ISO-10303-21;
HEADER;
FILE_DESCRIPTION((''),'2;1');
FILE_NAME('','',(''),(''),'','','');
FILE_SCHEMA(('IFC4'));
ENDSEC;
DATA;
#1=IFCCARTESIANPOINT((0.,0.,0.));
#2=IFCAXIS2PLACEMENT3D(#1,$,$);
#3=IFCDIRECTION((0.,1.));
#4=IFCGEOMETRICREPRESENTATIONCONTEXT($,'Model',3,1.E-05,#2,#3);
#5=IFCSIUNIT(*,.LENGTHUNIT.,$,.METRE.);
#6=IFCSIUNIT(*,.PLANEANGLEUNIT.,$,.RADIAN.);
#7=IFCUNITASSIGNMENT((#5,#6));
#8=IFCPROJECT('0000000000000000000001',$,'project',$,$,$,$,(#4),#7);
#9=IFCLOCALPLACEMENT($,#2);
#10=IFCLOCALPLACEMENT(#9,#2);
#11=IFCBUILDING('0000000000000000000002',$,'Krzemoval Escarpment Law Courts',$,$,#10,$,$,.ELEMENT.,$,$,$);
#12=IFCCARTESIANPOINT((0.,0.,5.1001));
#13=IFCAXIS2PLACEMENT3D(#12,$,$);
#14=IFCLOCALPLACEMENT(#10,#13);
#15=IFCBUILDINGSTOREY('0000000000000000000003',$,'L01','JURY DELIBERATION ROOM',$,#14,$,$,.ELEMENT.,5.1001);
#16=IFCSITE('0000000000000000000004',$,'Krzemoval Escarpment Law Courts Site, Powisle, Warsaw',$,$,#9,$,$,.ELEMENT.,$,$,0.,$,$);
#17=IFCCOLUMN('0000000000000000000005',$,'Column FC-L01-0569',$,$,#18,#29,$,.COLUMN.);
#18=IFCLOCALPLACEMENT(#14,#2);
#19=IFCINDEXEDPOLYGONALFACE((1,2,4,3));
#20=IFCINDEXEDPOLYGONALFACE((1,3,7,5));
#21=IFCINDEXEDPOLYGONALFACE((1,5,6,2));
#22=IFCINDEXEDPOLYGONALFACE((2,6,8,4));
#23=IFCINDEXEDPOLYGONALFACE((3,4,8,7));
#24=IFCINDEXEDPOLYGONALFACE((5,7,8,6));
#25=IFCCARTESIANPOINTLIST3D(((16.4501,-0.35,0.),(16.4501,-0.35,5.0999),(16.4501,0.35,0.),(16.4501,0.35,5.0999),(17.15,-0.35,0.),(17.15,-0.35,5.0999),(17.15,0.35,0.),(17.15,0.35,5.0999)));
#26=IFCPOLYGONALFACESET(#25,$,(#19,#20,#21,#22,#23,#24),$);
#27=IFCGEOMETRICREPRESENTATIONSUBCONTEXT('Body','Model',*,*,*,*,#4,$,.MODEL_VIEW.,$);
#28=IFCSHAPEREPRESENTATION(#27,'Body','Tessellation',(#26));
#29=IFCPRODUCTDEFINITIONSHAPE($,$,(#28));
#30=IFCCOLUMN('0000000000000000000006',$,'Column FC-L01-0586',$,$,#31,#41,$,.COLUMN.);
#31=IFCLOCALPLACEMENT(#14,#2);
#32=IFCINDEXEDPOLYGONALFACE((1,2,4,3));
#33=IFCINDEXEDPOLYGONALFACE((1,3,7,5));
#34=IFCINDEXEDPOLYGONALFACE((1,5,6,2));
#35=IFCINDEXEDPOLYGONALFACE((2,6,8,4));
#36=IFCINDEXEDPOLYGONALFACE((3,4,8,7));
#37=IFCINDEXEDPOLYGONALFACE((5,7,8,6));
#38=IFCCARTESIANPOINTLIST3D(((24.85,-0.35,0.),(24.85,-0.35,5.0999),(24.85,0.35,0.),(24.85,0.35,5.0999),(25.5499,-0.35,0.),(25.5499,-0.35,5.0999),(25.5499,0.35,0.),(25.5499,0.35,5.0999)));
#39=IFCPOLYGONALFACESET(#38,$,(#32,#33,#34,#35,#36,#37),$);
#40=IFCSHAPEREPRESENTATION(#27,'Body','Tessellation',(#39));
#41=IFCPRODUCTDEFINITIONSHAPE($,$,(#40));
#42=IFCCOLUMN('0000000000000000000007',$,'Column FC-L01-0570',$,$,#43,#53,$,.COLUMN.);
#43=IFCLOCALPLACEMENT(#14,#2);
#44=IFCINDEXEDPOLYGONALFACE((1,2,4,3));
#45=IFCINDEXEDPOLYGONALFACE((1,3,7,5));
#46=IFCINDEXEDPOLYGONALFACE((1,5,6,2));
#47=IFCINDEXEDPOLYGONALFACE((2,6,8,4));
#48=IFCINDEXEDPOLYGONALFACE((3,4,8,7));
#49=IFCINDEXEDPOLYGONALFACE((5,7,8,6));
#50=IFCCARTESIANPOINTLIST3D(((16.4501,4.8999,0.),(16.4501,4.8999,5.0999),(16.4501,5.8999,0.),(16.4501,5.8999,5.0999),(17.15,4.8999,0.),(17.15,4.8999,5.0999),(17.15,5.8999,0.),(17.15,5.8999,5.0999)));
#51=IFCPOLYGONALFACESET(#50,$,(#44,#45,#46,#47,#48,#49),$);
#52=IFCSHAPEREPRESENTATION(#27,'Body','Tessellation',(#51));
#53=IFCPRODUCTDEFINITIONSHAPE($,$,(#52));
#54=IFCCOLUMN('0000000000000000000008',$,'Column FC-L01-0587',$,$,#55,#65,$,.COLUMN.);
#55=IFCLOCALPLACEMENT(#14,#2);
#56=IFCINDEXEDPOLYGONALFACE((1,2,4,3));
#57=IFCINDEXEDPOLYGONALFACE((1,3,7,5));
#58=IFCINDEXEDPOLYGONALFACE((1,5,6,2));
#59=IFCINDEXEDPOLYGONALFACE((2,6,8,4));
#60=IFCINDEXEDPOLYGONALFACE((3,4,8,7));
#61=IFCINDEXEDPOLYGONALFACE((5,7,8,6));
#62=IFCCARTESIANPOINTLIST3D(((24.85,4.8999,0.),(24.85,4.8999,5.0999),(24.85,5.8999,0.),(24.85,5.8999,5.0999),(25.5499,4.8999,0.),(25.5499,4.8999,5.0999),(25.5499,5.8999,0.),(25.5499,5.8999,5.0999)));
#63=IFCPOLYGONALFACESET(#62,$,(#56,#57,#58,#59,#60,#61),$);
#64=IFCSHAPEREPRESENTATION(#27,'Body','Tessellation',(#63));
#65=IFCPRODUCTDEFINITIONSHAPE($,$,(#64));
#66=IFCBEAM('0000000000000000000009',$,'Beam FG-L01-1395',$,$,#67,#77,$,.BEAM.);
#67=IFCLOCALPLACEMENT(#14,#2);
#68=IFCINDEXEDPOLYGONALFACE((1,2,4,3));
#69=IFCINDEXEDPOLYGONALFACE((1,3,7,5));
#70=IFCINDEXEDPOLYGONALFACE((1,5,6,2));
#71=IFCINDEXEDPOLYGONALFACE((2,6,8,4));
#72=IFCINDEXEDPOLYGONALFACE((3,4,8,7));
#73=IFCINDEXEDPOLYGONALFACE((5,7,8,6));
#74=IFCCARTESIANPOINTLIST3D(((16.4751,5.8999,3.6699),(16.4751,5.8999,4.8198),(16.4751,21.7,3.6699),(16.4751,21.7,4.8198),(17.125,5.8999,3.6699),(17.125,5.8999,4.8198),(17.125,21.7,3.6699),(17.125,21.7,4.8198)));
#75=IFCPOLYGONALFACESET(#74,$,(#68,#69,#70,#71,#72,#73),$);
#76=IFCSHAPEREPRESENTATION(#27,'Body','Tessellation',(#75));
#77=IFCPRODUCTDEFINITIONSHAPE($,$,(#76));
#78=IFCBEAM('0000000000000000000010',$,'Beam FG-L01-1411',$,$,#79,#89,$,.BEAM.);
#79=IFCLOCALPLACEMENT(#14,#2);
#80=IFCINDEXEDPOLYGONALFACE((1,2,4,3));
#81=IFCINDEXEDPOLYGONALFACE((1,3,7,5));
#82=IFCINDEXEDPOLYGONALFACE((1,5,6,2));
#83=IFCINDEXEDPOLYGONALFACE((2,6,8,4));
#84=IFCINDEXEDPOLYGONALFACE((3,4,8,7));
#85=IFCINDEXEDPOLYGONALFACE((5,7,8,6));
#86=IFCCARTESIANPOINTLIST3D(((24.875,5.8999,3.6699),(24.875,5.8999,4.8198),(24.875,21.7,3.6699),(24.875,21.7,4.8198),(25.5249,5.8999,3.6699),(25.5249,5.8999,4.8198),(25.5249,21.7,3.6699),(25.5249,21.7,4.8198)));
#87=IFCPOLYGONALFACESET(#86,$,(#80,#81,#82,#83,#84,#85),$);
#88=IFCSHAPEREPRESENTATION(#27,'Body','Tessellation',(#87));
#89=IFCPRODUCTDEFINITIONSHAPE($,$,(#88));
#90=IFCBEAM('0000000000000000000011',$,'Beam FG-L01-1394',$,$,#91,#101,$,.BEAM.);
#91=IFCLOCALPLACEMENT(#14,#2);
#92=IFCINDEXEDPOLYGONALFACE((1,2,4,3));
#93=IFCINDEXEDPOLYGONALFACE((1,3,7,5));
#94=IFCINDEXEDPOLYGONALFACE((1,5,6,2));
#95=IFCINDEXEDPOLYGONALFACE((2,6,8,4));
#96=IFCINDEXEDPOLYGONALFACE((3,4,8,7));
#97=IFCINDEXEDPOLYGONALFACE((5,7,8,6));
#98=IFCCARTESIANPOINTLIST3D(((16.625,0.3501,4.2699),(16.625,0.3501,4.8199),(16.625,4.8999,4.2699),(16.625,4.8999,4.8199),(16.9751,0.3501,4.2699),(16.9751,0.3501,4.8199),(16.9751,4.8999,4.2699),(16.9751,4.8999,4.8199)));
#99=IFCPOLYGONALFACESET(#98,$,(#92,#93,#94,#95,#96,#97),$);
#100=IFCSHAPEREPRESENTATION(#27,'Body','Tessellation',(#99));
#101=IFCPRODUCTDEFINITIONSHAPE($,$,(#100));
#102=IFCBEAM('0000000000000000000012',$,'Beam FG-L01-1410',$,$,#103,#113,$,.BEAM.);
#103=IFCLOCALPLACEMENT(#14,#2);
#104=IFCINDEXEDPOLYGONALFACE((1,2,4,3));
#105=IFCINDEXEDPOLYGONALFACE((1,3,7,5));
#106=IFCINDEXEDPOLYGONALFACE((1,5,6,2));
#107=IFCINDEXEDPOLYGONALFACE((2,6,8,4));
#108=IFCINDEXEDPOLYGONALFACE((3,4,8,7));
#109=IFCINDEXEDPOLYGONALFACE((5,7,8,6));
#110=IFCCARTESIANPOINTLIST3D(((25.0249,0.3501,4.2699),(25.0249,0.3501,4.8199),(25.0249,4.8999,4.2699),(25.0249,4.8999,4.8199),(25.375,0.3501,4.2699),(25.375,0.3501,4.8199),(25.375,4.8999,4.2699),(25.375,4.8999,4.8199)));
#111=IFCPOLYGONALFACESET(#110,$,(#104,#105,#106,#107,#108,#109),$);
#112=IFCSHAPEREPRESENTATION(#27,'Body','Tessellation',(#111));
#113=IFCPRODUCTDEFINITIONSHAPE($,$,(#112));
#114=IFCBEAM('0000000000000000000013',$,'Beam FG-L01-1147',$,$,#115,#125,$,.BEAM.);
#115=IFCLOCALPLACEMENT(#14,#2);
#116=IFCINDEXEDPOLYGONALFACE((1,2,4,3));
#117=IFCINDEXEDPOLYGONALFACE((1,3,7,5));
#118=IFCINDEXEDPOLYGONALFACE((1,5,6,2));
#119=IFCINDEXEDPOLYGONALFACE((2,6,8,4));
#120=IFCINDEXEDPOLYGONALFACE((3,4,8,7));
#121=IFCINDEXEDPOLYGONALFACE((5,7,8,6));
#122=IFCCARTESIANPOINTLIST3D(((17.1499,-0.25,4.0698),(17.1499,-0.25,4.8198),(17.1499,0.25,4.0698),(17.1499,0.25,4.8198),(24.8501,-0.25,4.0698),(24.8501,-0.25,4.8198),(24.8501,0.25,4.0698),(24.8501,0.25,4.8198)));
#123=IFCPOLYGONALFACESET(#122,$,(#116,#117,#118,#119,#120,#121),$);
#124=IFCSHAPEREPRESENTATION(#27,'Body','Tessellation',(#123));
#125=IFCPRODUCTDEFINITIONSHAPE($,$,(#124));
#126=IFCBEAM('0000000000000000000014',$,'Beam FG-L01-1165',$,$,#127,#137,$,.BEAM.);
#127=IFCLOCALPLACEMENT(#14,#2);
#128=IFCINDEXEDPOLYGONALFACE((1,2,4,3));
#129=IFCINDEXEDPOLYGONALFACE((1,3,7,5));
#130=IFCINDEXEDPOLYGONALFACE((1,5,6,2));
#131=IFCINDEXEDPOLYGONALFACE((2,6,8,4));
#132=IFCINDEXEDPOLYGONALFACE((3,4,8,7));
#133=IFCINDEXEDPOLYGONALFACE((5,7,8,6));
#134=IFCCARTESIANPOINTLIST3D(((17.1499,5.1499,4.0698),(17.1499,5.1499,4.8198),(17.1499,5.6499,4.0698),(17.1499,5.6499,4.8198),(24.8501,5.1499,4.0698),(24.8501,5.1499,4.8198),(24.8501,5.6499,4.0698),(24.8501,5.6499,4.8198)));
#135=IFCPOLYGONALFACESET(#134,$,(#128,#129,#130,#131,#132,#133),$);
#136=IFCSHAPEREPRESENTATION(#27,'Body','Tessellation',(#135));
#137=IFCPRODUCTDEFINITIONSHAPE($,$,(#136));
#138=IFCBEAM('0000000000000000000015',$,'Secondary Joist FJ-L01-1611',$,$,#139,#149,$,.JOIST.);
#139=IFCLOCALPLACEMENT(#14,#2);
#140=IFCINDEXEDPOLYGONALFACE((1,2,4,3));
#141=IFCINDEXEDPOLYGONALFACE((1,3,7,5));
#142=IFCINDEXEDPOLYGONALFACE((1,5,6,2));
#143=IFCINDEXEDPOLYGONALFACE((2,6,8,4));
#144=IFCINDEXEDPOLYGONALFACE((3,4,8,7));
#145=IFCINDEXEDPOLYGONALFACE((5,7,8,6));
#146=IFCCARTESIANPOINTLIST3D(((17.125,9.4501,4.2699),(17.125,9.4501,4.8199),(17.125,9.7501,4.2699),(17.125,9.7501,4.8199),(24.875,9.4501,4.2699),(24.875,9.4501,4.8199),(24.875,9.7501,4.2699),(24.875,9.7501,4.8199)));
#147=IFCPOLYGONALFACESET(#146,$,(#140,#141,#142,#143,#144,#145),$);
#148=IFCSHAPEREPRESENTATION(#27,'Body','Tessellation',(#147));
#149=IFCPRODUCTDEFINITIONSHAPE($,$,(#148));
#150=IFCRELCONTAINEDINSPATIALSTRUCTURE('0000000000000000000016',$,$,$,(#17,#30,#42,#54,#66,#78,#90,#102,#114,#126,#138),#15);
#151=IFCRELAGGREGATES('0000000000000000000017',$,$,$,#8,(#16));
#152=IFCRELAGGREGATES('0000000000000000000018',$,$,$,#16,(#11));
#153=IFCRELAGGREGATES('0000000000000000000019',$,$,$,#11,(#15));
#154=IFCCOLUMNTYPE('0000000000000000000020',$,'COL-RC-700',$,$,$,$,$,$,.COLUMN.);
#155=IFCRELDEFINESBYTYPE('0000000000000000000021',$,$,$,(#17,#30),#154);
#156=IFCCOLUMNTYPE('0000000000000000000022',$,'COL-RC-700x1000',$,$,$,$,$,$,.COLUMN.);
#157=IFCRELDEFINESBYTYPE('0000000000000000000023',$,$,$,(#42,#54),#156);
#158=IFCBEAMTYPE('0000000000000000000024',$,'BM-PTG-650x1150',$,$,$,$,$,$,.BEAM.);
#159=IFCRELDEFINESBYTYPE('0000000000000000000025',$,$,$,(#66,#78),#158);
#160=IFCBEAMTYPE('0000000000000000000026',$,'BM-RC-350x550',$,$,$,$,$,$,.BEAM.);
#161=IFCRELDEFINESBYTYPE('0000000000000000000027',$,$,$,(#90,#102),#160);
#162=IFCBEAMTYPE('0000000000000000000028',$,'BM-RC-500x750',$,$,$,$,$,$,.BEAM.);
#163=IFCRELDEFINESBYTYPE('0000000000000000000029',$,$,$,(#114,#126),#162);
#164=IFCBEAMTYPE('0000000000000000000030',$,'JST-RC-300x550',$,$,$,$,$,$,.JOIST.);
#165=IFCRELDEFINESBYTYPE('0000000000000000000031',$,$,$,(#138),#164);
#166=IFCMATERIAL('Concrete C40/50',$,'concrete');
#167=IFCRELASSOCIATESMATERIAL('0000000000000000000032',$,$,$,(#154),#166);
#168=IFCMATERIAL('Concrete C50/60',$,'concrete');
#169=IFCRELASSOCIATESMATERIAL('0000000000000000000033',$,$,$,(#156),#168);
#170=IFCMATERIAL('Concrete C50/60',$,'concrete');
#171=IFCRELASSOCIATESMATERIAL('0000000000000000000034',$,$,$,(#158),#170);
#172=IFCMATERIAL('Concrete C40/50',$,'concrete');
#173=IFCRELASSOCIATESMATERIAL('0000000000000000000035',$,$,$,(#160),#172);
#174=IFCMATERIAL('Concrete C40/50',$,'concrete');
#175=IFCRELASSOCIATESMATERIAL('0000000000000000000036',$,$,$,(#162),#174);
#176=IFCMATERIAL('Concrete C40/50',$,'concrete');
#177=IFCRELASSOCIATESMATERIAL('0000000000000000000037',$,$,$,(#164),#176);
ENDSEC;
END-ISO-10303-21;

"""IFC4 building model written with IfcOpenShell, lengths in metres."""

from ifc_helpers import new_model, si_unit, direction, frame, origin, origin_2d, place, context, subcontext, project, spatial, rectangle, extrude, material, material_profile, profile_set, type_object, element, save


model = new_model("IFC4")

# Units and contexts
model_context = context("Model", 3, precision=1e-05, world=origin(), true_north=direction((0.0, 1.0)))
body_context = subcontext(model_context, "Body", "Model", "MODEL_VIEW")
ifc_project = project(units=[si_unit("LENGTHUNIT", "METRE"), si_unit("PLANEANGLEUNIT", "RADIAN")], contexts=[model_context])

# Site, building, storey
site_placement = place(None, origin())
site = spatial("IfcSite", under=ifc_project, at=site_placement, Name="Krzemoval Escarpment Law Courts Site, Powisle, Warsaw", CompositionType="ELEMENT", RefElevation=0.0)
building_placement = place(site_placement, origin())
building = spatial("IfcBuilding", under=site, at=building_placement, Name="Krzemoval Escarpment Law Courts", CompositionType="ELEMENT")
storey_placement = place(building_placement, frame((0.0, 0.0, 5.1001)))
storey = spatial("IfcBuildingStorey", under=building, at=storey_placement, Name="L01", Description="JURY DELIBERATION ROOM", CompositionType="ELEMENT", Elevation=5.1001)

# Columns
ifc_material_1 = material(Name="Concrete C40/50", Category="concrete")
ifc_material_profile_1 = material_profile(ifc_material_1, rectangle(XDim=0.7, YDim=0.7, at=origin_2d()), Name="RC 700x700")
ifc_profile_set_1 = profile_set([ifc_material_profile_1], Name="Concrete C40/50")
column_type_1 = type_object("IfcColumnType", Name="COL-RC-700", PredefinedType="COLUMN", material=ifc_profile_set_1)
for number, where, z_axis, x_axis, name in (
    (1, (16.8, 0.0, 0.0), (0.0, 0.0, 1.0), (1.0, 0.0, 0.0), "Column FC-L01-0569"),
    (2, (25.2, 0.0, 0.0), (0.0, 0.0, 1.0), (1.0, 0.0, 0.0), "Column FC-L01-0586"),
):
    element("IfcColumn", number, at=place(storey_placement, frame(where, z_axis=z_axis, x_axis=x_axis)), inside=storey, type_object=column_type_1, Name=name, PredefinedType="COLUMN", context=body_context, shape_type="SweptSolid", body=[
        extrude(rectangle(XDim=0.7, YDim=0.7, at=origin_2d()), origin(), (0.0, 0.0, 1.0), 5.0999),
    ])
ifc_material_2 = material(Name="Concrete C50/60", Category="concrete")
ifc_material_profile_2 = material_profile(ifc_material_2, rectangle(XDim=0.7, YDim=1.0, at=origin_2d()), Name="RC 700x1000")
ifc_profile_set_2 = profile_set([ifc_material_profile_2], Name="Concrete C50/60")
column_type_2 = type_object("IfcColumnType", Name="COL-RC-700x1000", PredefinedType="COLUMN", material=ifc_profile_set_2)
for number, where, z_axis, x_axis, name in (
    (3, (16.8, 5.3999, 0.0), (0.0, 0.0, 1.0), (1.0, 0.0, 0.0), "Column FC-L01-0570"),
    (4, (25.2, 5.3999, 0.0), (0.0, 0.0, 1.0), (1.0, 0.0, 0.0), "Column FC-L01-0587"),
):
    element("IfcColumn", number, at=place(storey_placement, frame(where, z_axis=z_axis, x_axis=x_axis)), inside=storey, type_object=column_type_2, Name=name, PredefinedType="COLUMN", context=body_context, shape_type="SweptSolid", body=[
        extrude(rectangle(XDim=0.7, YDim=1.0, at=origin_2d()), origin(), (0.0, 0.0, 1.0), 5.0999),
    ])

# Beams
ifc_material_3 = material(Name="Concrete C50/60", Category="concrete")
ifc_material_profile_3 = material_profile(ifc_material_3, rectangle(XDim=0.6499, YDim=1.1499, at=origin_2d()), Name="PTG 650x1150")
ifc_profile_set_3 = profile_set([ifc_material_profile_3], Name="Concrete C50/60")
beam_type_1 = type_object("IfcBeamType", Name="BM-PTG-650x1150", PredefinedType="BEAM", material=ifc_profile_set_3)
for number, where, z_axis, x_axis, name in (
    (5, (16.8, 5.8999, 4.2449), (0.0, 1.0, 0.0), (-1.0, 0.0, 0.0), "Beam FG-L01-1395"),
    (6, (25.2, 5.8999, 4.2449), (0.0, 1.0, 0.0), (-1.0, 0.0, 0.0), "Beam FG-L01-1411"),
):
    element("IfcBeam", number, at=place(storey_placement, frame(where, z_axis=z_axis, x_axis=x_axis)), inside=storey, type_object=beam_type_1, Name=name, PredefinedType="BEAM", context=body_context, shape_type="SweptSolid", body=[
        extrude(rectangle(XDim=0.6499, YDim=1.1499, at=origin_2d()), origin(), (0.0, 0.0, 1.0), 15.8),
    ])
ifc_material_4 = material(Name="Concrete C40/50", Category="concrete")
ifc_material_profile_4 = material_profile(ifc_material_4, rectangle(XDim=0.3501, YDim=0.55, at=origin_2d()), Name="RCB 350x550")
ifc_profile_set_4 = profile_set([ifc_material_profile_4], Name="Concrete C40/50")
beam_type_2 = type_object("IfcBeamType", Name="BM-RC-350x550", PredefinedType="BEAM", material=ifc_profile_set_4)
for number, where, z_axis, x_axis, name in (
    (7, (16.8, 0.3501, 4.5449), (0.0, 1.0, 0.0), (-1.0, 0.0, 0.0), "Beam FG-L01-1394"),
    (8, (25.2, 0.3501, 4.5449), (0.0, 1.0, 0.0), (-1.0, 0.0, 0.0), "Beam FG-L01-1410"),
):
    element("IfcBeam", number, at=place(storey_placement, frame(where, z_axis=z_axis, x_axis=x_axis)), inside=storey, type_object=beam_type_2, Name=name, PredefinedType="BEAM", context=body_context, shape_type="SweptSolid", body=[
        extrude(rectangle(XDim=0.3501, YDim=0.55, at=origin_2d()), origin(), (0.0, 0.0, 1.0), 4.5498),
    ])
ifc_material_5 = material(Name="Concrete C40/50", Category="concrete")
ifc_material_profile_5 = material_profile(ifc_material_5, rectangle(XDim=0.5, YDim=0.75, at=origin_2d()), Name="RCB 500x750")
ifc_profile_set_5 = profile_set([ifc_material_profile_5], Name="Concrete C40/50")
beam_type_3 = type_object("IfcBeamType", Name="BM-RC-500x750", PredefinedType="BEAM", material=ifc_profile_set_5)
for number, where, z_axis, x_axis, name in (
    (9, (17.1499, 0.0, 4.4448), (1.0, 0.0, 0.0), (0.0, 1.0, 0.0), "Beam FG-L01-1147"),
    (10, (17.1499, 5.3999, 4.4448), (1.0, 0.0, 0.0), (0.0, 1.0, 0.0), "Beam FG-L01-1165"),
):
    element("IfcBeam", number, at=place(storey_placement, frame(where, z_axis=z_axis, x_axis=x_axis)), inside=storey, type_object=beam_type_3, Name=name, PredefinedType="BEAM", context=body_context, shape_type="SweptSolid", body=[
        extrude(rectangle(XDim=0.5, YDim=0.75, at=origin_2d()), origin(), (0.0, 0.0, 1.0), 7.7002),
    ])
ifc_material_6 = material(Name="Concrete C40/50", Category="concrete")
ifc_material_profile_6 = material_profile(ifc_material_6, rectangle(XDim=0.3, YDim=0.55, at=origin_2d()), Name="RCB 300x550")
ifc_profile_set_6 = profile_set([ifc_material_profile_6], Name="Concrete C40/50")
beam_type_4 = type_object("IfcBeamType", Name="JST-RC-300x550", PredefinedType="JOIST", material=ifc_profile_set_6)
beam_placement = place(storey_placement, frame((17.125, 9.6001, 4.5449), z_axis=(1.0, 0.0, 0.0), x_axis=(0.0, 1.0, 0.0)))
element("IfcBeam", 11, at=beam_placement, inside=storey, type_object=beam_type_4, Name="Secondary Joist FJ-L01-1611", PredefinedType="JOIST", context=body_context, shape_type="SweptSolid", body=[
    extrude(rectangle(XDim=0.3, YDim=0.55, at=origin_2d()), origin(), (0.0, 0.0, 1.0), 7.75),
])

save(model, "model.ifc")
